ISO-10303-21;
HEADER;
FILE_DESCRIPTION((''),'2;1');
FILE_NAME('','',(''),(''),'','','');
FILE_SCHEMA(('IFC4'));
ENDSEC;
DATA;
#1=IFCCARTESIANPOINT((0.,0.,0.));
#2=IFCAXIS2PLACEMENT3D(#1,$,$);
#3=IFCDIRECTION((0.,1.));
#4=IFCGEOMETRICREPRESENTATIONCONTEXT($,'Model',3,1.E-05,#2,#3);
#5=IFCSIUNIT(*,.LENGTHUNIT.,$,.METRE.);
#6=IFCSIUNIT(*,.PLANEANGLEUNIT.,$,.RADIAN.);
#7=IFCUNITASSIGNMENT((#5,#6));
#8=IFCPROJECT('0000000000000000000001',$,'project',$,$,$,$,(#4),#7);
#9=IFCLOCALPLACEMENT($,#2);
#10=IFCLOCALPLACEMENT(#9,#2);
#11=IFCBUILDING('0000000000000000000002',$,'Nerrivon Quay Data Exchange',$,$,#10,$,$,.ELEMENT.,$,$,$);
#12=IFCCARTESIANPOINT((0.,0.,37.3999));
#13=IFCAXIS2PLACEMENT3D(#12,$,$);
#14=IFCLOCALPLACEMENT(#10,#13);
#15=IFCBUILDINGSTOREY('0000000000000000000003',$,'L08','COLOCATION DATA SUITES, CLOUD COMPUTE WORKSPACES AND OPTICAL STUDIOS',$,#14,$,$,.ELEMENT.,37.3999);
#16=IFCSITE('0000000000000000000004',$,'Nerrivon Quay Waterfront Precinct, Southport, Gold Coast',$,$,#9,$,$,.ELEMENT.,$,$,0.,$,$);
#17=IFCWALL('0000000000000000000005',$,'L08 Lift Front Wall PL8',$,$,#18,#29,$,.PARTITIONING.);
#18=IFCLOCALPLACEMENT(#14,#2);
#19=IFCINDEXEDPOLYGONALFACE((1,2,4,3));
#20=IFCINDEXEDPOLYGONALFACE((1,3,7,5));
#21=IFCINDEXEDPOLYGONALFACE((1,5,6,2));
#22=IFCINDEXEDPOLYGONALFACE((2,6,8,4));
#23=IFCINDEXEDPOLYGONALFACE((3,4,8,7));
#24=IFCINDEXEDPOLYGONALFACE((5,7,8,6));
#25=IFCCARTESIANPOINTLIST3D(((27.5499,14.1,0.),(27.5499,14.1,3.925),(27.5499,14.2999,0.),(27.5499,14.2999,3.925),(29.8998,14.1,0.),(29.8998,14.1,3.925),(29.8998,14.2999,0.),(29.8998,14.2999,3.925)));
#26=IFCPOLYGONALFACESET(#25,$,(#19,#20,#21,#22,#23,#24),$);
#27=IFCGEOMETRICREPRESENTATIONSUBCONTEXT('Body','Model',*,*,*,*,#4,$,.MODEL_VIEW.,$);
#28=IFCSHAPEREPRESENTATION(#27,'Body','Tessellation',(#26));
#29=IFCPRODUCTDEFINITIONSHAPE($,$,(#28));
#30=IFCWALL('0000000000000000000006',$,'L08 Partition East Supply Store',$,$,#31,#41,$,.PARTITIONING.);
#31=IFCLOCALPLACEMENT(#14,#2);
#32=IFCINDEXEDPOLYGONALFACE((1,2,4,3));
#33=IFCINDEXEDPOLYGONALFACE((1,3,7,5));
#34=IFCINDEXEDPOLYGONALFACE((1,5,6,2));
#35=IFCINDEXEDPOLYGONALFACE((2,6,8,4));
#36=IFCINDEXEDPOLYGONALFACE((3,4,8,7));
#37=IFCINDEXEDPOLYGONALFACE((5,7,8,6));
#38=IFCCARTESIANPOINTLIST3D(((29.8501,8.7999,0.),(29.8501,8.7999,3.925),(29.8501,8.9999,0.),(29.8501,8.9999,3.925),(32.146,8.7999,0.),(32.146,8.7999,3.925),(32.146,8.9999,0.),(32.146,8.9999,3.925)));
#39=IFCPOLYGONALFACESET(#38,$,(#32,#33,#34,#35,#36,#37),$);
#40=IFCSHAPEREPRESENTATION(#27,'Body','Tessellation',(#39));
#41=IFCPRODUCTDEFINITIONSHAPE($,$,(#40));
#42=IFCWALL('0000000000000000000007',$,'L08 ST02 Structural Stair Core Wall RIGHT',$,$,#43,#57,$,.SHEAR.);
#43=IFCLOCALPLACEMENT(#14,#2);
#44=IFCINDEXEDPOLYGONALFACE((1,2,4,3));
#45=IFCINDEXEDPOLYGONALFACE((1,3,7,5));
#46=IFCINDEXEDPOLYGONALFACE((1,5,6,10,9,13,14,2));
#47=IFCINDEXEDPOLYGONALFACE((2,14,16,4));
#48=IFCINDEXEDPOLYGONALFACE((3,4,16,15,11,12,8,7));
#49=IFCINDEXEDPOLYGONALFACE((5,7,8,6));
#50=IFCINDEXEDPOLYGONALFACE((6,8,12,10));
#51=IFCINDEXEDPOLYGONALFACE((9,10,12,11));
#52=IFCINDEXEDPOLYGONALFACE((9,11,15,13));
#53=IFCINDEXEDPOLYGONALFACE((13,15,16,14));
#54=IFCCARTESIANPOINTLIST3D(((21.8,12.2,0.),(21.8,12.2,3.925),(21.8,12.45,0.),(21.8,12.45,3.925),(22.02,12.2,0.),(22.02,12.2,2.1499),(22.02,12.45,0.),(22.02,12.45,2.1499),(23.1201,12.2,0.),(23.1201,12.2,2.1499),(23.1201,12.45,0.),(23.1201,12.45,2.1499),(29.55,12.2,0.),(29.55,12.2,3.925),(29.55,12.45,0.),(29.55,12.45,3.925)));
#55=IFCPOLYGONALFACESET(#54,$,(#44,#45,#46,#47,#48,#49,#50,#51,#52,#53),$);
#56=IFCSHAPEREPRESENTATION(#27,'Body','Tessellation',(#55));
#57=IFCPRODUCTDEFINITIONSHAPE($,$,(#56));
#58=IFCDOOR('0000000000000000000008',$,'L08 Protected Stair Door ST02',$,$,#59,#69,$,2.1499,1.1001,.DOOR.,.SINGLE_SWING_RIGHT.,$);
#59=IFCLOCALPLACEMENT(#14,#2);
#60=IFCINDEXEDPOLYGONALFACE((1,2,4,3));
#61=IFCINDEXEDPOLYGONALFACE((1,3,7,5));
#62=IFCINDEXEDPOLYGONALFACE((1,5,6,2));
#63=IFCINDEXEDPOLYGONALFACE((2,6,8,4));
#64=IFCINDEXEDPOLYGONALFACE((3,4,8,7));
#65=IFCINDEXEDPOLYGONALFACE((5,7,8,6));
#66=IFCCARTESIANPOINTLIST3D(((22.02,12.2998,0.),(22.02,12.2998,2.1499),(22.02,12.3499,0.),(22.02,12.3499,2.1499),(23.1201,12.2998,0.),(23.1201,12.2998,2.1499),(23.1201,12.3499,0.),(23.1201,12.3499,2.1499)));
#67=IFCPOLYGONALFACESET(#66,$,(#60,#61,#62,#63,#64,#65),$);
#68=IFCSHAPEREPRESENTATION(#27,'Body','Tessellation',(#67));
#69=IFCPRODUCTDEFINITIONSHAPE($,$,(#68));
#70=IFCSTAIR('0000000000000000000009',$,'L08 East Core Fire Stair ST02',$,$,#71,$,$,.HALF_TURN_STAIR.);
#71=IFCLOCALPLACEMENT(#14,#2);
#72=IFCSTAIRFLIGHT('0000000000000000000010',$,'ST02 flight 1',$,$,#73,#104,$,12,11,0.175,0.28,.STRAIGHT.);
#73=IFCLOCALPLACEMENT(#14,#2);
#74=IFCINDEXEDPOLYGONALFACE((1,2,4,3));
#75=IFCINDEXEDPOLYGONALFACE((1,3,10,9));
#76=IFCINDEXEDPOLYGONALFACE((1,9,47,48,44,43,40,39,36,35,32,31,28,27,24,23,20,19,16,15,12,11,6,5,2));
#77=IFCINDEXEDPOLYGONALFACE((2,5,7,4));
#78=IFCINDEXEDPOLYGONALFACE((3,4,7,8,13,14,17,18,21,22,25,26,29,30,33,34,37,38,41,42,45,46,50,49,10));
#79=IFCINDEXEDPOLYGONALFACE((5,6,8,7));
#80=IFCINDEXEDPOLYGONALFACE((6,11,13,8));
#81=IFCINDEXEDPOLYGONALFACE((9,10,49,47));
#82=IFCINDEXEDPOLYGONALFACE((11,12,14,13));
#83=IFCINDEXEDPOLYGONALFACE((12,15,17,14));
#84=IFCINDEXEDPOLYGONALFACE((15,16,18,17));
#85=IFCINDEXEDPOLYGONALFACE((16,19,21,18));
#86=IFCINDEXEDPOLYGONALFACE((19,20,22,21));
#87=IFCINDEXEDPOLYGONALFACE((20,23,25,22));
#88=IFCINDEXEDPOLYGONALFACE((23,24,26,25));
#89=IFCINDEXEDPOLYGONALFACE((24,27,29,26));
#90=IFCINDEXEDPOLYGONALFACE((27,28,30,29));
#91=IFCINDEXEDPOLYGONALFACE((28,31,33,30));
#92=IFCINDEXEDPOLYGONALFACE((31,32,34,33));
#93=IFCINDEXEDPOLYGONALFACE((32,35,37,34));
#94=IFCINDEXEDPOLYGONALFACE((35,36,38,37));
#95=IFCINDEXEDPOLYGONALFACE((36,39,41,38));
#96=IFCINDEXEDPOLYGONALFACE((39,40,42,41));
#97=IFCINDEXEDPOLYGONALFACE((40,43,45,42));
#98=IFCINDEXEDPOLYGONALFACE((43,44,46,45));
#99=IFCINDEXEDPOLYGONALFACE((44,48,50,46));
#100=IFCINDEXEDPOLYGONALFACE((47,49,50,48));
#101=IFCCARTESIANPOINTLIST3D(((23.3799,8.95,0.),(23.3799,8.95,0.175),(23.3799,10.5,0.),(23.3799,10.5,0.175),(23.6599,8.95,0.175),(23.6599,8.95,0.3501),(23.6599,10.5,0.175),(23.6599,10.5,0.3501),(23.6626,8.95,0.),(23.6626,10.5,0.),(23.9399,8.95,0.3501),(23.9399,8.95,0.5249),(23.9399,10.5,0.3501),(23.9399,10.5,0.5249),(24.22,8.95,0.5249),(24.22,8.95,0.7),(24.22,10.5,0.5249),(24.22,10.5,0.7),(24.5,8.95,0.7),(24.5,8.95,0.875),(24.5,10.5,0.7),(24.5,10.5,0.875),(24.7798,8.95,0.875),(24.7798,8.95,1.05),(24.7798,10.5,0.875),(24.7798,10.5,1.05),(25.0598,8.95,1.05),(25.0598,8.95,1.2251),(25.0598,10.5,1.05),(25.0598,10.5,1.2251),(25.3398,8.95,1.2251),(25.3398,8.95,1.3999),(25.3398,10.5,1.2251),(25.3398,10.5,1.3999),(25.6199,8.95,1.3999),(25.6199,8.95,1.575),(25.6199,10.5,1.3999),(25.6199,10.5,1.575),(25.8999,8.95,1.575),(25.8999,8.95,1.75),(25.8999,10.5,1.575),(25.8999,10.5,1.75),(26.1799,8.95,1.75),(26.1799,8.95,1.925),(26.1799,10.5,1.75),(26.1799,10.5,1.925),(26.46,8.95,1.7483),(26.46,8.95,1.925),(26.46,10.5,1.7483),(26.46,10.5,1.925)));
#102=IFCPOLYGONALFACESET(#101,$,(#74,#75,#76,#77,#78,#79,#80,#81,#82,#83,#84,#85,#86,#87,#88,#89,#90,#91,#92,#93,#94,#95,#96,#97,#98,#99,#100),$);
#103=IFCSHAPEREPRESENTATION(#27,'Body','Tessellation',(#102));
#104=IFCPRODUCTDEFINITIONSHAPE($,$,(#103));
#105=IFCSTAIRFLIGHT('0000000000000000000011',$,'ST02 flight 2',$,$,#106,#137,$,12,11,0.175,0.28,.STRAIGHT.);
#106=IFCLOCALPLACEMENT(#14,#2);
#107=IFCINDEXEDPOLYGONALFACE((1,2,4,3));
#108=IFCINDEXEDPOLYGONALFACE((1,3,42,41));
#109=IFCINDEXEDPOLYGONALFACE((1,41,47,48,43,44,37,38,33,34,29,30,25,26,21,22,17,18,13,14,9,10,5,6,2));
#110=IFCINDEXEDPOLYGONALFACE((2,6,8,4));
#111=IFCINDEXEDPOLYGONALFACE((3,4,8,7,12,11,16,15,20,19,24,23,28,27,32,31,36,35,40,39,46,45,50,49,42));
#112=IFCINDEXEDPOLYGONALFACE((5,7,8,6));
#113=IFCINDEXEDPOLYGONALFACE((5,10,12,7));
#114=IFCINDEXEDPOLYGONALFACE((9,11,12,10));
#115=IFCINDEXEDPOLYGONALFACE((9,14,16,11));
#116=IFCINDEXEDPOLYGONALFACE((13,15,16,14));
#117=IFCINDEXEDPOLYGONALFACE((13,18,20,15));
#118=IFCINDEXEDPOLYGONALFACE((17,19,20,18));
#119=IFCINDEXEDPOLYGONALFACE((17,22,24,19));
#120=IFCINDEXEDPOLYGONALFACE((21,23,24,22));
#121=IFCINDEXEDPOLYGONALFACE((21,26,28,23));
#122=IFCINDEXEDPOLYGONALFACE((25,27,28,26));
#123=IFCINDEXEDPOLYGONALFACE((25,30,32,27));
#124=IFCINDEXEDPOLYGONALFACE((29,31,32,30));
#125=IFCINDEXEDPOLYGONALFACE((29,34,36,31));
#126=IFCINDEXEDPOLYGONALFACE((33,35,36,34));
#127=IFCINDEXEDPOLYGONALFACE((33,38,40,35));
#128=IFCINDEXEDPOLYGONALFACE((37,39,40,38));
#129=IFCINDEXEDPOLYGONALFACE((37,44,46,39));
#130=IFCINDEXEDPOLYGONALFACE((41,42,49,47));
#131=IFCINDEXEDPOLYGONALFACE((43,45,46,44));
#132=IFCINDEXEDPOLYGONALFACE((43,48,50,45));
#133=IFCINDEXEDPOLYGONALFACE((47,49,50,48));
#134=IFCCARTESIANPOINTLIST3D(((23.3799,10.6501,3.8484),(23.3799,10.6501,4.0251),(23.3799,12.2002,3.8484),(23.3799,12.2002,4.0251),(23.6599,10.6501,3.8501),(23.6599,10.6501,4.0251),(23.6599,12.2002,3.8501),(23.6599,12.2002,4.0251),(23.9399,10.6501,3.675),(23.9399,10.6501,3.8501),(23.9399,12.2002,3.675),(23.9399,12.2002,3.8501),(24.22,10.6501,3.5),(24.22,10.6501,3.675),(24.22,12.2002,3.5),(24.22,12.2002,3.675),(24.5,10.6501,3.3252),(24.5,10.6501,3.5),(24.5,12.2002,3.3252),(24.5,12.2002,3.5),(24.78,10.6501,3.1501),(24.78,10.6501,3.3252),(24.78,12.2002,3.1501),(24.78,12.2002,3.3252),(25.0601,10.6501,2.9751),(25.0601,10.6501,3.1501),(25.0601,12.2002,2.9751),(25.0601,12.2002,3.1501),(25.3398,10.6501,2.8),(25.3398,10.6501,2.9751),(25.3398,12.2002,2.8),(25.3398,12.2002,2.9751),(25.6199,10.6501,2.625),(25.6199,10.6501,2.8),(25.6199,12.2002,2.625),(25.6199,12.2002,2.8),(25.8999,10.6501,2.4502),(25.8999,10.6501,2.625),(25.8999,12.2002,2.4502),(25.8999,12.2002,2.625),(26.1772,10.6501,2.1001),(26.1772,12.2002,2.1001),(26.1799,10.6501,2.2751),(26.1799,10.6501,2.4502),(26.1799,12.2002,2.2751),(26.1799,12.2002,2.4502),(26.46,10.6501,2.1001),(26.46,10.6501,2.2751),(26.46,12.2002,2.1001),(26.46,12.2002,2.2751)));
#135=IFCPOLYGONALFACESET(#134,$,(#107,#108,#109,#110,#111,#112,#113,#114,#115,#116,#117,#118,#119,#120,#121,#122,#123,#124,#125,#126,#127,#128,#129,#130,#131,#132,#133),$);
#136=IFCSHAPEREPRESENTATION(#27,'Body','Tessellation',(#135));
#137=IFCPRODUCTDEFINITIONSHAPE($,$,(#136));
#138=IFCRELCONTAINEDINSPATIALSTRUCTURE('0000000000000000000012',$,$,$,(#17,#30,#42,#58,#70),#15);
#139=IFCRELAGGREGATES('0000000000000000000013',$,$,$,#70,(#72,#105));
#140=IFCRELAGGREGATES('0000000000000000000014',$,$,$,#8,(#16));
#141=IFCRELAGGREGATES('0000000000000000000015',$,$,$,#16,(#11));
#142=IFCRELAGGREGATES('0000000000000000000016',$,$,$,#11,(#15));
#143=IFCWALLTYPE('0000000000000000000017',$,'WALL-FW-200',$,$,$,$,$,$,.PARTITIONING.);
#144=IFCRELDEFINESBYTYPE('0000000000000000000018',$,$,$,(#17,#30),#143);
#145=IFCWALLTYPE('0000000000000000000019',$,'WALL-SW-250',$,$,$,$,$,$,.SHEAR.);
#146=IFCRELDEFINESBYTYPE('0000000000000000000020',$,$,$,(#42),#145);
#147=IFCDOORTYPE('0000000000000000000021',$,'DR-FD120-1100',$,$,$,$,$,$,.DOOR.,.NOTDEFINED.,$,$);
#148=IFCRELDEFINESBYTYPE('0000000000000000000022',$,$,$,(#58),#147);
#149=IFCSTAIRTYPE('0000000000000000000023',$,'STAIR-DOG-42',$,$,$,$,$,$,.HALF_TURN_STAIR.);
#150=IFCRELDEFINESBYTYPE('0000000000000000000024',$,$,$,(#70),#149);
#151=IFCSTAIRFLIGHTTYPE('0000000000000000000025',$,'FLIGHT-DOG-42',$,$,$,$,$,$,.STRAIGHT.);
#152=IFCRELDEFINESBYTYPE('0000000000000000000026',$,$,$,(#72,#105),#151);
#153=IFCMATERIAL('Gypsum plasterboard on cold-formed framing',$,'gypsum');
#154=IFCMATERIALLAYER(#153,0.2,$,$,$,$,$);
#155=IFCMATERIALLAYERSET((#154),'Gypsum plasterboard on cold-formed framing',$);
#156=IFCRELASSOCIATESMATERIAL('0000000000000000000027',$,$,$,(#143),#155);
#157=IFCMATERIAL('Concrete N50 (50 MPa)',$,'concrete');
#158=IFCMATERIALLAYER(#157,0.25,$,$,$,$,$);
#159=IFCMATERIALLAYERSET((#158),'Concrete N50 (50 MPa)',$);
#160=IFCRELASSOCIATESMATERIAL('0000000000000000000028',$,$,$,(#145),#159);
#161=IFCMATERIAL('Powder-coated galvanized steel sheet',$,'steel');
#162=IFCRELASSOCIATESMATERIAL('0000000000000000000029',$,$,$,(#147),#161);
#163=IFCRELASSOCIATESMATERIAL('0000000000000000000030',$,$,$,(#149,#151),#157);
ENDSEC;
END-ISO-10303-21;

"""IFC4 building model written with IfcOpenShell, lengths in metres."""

from ifc_helpers import new_model, si_unit, direction, frame, frame_2d, origin, place, context, subcontext, project, spatial, polyline, rectangle, outline, extrude, material, layer, layer_set, type_object, element, fill, aggregate, save


model = new_model("IFC4")

# Units and contexts
model_context = context("Model", 3, precision=1e-05, world=origin(), true_north=direction((0.0, 1.0)))
body_context = subcontext(model_context, "Body", "Model", "MODEL_VIEW")
ifc_project = project(units=[si_unit("LENGTHUNIT", "METRE"), si_unit("PLANEANGLEUNIT", "RADIAN")], contexts=[model_context])

# Site, building, storey
site_placement = place(None, origin())
site = spatial("IfcSite", under=ifc_project, at=site_placement, Name="Nerrivon Quay Waterfront Precinct, Southport, Gold Coast", CompositionType="ELEMENT", RefElevation=0.0)
building_placement = place(site_placement, origin())
building = spatial("IfcBuilding", under=site, at=building_placement, Name="Nerrivon Quay Data Exchange", CompositionType="ELEMENT")
storey_placement = place(building_placement, frame((0.0, 0.0, 37.3999)))
storey = spatial("IfcBuildingStorey", under=building, at=storey_placement, Name="L08", Description="COLOCATION DATA SUITES, CLOUD COMPUTE WORKSPACES AND OPTICAL STUDIOS", CompositionType="ELEMENT", Elevation=37.3999)

# Shared definitions
ifc_material_1 = material(Name="Gypsum plasterboard on cold-formed framing", Category="gypsum")
ifc_layer_1 = layer(ifc_material_1, 0.2)
ifc_layer_set_1 = layer_set([ifc_layer_1], Name="Gypsum plasterboard on cold-formed framing")
wall_type_1 = type_object("IfcWallType", Name="WALL-FW-200", PredefinedType="PARTITIONING", material=ifc_layer_set_1)

# Shared definitions
ifc_material_2 = material(Name="Powder-coated galvanized steel sheet", Category="steel")

# Walls
wall_1_placement = place(storey_placement, frame((27.55, 14.2, 0.0), z_axis=(0.0, 0.0, 1.0), x_axis=(1.0, 0.0, 0.0)))
element("IfcWall", 1, at=wall_1_placement, inside=storey, type_object=wall_type_1, Name="L08 Lift Front Wall PL8", PredefinedType="PARTITIONING", context=body_context, shape_type="SweptSolid", body=[
    extrude(rectangle(XDim=2.3499, YDim=0.2, at=frame_2d((1.1748, 0.0))), origin(), (0.0, 0.0, 1.0), 3.925),
])
wall_2_placement = place(storey_placement, frame((29.8501, 8.8999, 0.0), z_axis=(0.0, 0.0, 1.0), x_axis=(1.0, 0.0, 0.0)))
element("IfcWall", 2, at=wall_2_placement, inside=storey, type_object=wall_type_1, Name="L08 Partition East Supply Store", PredefinedType="PARTITIONING", context=body_context, shape_type="SweptSolid", body=[
    extrude(rectangle(XDim=2.2959, YDim=0.2, at=frame_2d((1.1479, 0.0))), origin(), (0.0, 0.0, 1.0), 3.925),
])

# Wall, opening, door
ifc_material_3 = material(Name="Concrete N50 (50 MPa)", Category="concrete")
ifc_layer_2 = layer(ifc_material_3, 0.25)
ifc_layer_set_2 = layer_set([ifc_layer_2], Name="Concrete N50 (50 MPa)")
wall_type_2 = type_object("IfcWallType", Name="WALL-SW-250", PredefinedType="SHEAR", material=ifc_layer_set_2)
wall_3_placement = place(storey_placement, frame((21.8, 12.325, 0.0), z_axis=(0.0, 0.0, 1.0), x_axis=(1.0, 0.0, 0.0)))
wall_3 = element("IfcWall", 3, at=wall_3_placement, inside=storey, type_object=wall_type_2, Name="L08 ST02 Structural Stair Core Wall RIGHT", PredefinedType="SHEAR", context=body_context, shape_type="SweptSolid", body=[
    extrude(rectangle(XDim=7.75, YDim=0.25, at=frame_2d((3.875, 0.0))), origin(), (0.0, 0.0, 1.0), 3.925),
])
opening_1_placement = place(wall_3_placement, frame((0.22, 0.0, 0.0)))
opening_1 = element("IfcOpeningElement", 4, at=opening_1_placement, cuts=wall_3, PredefinedType="OPENING", context=body_context, shape_type="SweptSolid", body=[
    extrude(rectangle(XDim=1.1001, YDim=2.1499, at=frame_2d((0.55, 1.075))), frame((0.0, 0.135, 0.0), z_axis=(0.0, -1.0, 0.0), x_axis=(1.0, 0.0, 0.0)), (0.0, 0.0, 1.0), 0.27),
])
door_type_1 = type_object("IfcDoorType", Name="DR-FD120-1100", OperationType="NOTDEFINED", PredefinedType="DOOR", material=ifc_material_2)
door_1_placement = place(opening_1_placement, origin())
door_1 = element("IfcDoor", 5, at=door_1_placement, inside=storey, type_object=door_type_1, Name="L08 Protected Stair Door ST02", OperationType="SINGLE_SWING_RIGHT", OverallHeight=2.1499, OverallWidth=1.1001, PredefinedType="DOOR", context=body_context, shape_type="SweptSolid", body=[
    extrude(rectangle(XDim=1.1001, YDim=2.1499, at=frame_2d((0.55, 1.075))), frame((0.0, 0.0249, 0.0), z_axis=(0.0, -1.0, 0.0), x_axis=(1.0, 0.0, 0.0)), (0.0, 0.0, 1.0), 0.05),
])
fill(opening_1, door_1)

# Stair, stair flights
stair_type = type_object("IfcStairType", Name="STAIR-DOG-42", PredefinedType="HALF_TURN_STAIR", material=ifc_material_3)
stair_placement = place(storey_placement, origin())
stair = element("IfcStair", 6, at=stair_placement, inside=storey, type_object=stair_type, Name="L08 East Core Fire Stair ST02", PredefinedType="HALF_TURN_STAIR")
stair_flight_type = type_object("IfcStairFlightType", Name="FLIGHT-DOG-42", PredefinedType="STRAIGHT", material=ifc_material_3)
stair_flight_1_placement = place(storey_placement, frame((23.3799, 9.7251, 0.0), z_axis=(0.0, 0.0, 1.0), x_axis=(1.0, 0.0, 0.0)))
stair_flight_1 = element("IfcStairFlight", 7, at=stair_flight_1_placement, type_object=stair_flight_type, Name="ST02 flight 1", NumberOfRisers=12, NumberOfTreads=11, PredefinedType="STRAIGHT", RiserHeight=0.175, TreadLength=0.28, context=body_context, shape_type="SweptSolid", body=[
    extrude(outline(polyline([(0.0, 0.0), (0.0, 0.175), (0.28, 0.175), (0.28, 0.3501), (0.5601, 0.3501), (0.5601, 0.5249), (0.8401, 0.5249), (0.8401, 0.7), (1.1201, 0.7), (1.1201, 0.875), (1.3999, 0.875), (1.3999, 1.05), (1.6799, 1.05), (1.6799, 1.2251), (1.96, 1.2251), (1.96, 1.3999), (2.24, 1.3999), (2.24, 1.575), (2.52, 1.575), (2.52, 1.75), (2.8, 1.75), (2.8, 1.925), (3.0801, 1.925), (3.0801, 2.1001), (3.0801, 1.7483), (0.2827, 0.0), (0.0, 0.0)])), frame((0.0, 0.7749, 0.0), z_axis=(0.0, -1.0, 0.0), x_axis=(1.0, 0.0, 0.0)), (0.0, 0.0, 1.0), 1.55),
])
stair_flight_2_placement = place(storey_placement, frame((26.46, 11.425, 2.1001), z_axis=(0.0, 0.0, 1.0), x_axis=(-1.0, 0.0, 0.0)))
stair_flight_2 = element("IfcStairFlight", 8, at=stair_flight_2_placement, type_object=stair_flight_type, Name="ST02 flight 2", NumberOfRisers=12, NumberOfTreads=11, PredefinedType="STRAIGHT", RiserHeight=0.175, TreadLength=0.28, context=body_context, shape_type="SweptSolid", body=[
    extrude(outline(polyline([(0.0, 0.0), (0.0, 0.175), (0.28, 0.175), (0.28, 0.3501), (0.5601, 0.3501), (0.5601, 0.5249), (0.8401, 0.5249), (0.8401, 0.7), (1.1201, 0.7), (1.1201, 0.875), (1.3999, 0.875), (1.3999, 1.05), (1.6799, 1.05), (1.6799, 1.2251), (1.96, 1.2251), (1.96, 1.3999), (2.24, 1.3999), (2.24, 1.575), (2.52, 1.575), (2.52, 1.75), (2.8, 1.75), (2.8, 1.925), (3.0801, 1.925), (3.0801, 2.1001), (3.0801, 1.7483), (0.2827, 0.0), (0.0, 0.0)])), frame((0.0, 0.7749, 0.0), z_axis=(0.0, -1.0, 0.0), x_axis=(1.0, 0.0, 0.0)), (0.0, 0.0, 1.0), 1.55),
])
aggregate(stair, [stair_flight_1, stair_flight_2])

save(model, "model.ifc")
